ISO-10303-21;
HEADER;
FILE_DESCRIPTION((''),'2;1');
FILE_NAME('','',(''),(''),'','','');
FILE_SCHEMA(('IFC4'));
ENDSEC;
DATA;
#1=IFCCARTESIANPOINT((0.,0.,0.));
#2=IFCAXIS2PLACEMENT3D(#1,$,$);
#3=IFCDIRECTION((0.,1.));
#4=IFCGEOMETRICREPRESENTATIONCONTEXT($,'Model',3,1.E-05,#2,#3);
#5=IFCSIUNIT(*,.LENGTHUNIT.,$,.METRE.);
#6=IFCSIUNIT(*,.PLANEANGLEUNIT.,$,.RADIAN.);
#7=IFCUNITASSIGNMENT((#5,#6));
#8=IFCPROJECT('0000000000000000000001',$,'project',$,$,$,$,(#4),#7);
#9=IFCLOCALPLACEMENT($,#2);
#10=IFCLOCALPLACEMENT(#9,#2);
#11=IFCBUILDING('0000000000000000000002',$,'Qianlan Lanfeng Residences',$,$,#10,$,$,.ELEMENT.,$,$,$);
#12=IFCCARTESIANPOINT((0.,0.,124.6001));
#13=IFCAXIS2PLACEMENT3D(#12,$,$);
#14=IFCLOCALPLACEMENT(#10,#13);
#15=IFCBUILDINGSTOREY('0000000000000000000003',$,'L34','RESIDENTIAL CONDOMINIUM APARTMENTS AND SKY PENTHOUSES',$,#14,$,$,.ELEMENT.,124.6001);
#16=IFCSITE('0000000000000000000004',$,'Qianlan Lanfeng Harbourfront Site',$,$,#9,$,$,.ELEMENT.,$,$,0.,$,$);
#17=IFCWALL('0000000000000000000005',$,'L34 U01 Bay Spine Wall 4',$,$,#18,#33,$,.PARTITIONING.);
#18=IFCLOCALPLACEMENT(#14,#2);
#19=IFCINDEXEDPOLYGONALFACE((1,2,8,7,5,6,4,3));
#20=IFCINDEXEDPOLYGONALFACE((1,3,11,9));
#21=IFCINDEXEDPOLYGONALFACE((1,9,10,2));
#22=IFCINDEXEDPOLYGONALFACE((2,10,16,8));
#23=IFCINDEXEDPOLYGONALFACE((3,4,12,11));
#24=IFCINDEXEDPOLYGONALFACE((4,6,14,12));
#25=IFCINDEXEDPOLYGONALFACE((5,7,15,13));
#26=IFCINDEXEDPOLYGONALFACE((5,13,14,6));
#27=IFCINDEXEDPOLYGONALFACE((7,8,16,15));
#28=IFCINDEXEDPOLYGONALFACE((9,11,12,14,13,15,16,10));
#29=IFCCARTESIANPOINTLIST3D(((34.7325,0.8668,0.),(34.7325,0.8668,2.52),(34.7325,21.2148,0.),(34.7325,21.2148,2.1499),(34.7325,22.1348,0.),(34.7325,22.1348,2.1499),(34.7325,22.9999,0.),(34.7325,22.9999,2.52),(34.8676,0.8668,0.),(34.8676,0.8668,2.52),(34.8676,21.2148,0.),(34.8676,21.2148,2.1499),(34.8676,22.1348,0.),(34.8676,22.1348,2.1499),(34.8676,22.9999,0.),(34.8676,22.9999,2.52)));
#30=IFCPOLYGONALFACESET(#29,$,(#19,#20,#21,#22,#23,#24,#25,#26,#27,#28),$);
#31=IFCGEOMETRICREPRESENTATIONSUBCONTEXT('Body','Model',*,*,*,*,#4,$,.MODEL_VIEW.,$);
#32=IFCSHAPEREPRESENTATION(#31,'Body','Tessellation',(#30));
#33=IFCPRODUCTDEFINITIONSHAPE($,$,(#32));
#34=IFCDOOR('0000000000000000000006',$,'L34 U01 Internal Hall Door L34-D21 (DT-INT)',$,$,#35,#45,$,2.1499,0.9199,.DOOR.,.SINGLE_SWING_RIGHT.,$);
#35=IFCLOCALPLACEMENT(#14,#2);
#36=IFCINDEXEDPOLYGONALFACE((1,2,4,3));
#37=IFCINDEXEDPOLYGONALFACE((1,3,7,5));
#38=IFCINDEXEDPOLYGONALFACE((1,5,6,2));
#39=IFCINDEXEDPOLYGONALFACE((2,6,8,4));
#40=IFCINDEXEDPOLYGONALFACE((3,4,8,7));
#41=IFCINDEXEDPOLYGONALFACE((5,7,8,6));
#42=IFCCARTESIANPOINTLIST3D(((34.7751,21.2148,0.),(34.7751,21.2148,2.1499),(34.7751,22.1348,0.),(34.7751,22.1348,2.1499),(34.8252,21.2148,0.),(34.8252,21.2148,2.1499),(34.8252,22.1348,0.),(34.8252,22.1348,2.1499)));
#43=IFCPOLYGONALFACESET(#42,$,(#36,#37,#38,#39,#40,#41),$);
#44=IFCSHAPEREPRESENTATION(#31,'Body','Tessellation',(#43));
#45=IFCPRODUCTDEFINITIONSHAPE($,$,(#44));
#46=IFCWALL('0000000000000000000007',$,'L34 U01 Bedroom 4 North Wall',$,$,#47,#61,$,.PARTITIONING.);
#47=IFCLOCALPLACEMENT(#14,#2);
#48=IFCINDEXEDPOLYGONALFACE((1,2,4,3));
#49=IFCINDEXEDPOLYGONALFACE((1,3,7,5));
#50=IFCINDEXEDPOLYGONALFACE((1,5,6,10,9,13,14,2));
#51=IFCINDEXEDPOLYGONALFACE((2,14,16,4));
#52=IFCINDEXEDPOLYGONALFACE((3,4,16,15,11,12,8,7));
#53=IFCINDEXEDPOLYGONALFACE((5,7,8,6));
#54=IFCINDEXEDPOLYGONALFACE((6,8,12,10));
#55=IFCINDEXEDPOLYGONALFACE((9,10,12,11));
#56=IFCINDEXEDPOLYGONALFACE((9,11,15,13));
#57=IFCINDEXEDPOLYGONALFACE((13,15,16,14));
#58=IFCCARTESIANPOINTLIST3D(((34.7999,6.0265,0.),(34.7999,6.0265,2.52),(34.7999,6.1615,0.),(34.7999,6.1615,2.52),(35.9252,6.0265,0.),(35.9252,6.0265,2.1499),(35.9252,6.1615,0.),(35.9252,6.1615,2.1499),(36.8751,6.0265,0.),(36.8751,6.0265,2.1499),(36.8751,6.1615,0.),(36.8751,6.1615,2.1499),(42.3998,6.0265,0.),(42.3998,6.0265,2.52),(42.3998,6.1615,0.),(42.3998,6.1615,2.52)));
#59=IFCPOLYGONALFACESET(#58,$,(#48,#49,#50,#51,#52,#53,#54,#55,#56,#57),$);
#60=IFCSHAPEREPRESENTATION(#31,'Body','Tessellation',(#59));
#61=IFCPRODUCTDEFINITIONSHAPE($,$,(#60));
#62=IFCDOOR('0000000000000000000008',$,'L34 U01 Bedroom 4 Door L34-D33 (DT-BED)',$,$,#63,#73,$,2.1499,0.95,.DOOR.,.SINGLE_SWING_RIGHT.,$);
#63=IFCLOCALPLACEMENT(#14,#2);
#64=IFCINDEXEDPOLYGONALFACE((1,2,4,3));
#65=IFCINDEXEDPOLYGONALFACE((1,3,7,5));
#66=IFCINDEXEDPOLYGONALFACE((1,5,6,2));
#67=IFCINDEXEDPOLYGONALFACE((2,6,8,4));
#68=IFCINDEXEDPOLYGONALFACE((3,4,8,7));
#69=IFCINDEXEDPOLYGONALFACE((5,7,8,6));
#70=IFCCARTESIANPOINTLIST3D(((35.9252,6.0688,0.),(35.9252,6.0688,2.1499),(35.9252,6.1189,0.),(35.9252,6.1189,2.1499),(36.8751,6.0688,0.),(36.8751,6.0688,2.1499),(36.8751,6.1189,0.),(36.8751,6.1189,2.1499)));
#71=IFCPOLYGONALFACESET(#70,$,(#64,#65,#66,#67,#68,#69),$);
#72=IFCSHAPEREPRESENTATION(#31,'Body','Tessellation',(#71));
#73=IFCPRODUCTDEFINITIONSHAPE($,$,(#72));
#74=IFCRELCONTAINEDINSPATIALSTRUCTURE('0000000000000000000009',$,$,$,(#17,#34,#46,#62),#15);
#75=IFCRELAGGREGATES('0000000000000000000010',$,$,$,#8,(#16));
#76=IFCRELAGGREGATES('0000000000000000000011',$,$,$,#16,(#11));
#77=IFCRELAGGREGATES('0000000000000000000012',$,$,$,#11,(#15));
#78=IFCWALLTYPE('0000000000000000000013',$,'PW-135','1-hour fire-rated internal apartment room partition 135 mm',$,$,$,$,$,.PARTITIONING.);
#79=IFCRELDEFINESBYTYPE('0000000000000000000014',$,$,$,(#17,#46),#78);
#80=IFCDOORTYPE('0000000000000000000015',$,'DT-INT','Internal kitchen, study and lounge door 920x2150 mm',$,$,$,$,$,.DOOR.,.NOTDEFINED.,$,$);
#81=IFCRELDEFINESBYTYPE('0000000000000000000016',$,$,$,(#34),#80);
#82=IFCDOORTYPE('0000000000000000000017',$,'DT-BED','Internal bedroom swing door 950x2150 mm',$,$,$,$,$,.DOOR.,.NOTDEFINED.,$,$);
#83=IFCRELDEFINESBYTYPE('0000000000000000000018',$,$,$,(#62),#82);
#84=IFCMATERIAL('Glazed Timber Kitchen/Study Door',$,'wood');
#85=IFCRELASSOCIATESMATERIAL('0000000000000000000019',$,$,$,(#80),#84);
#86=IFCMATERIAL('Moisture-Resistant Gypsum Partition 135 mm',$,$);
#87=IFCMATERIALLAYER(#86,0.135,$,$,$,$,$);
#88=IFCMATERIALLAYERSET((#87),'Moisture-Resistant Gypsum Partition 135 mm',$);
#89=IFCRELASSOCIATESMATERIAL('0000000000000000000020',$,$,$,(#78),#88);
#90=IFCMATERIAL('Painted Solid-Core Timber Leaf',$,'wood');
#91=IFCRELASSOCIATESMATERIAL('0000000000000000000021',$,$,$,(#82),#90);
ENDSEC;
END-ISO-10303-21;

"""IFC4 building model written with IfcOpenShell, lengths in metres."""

from ifc_helpers import new_model, si_unit, direction, frame, frame_2d, origin, place, context, subcontext, project, spatial, rectangle, extrude, material, layer, layer_set, type_object, element, fill, save


model = new_model("IFC4")

# Units and contexts
model_context = context("Model", 3, precision=1e-05, world=origin(), true_north=direction((0.0, 1.0)))
body_context = subcontext(model_context, "Body", "Model", "MODEL_VIEW")
ifc_project = project(units=[si_unit("LENGTHUNIT", "METRE"), si_unit("PLANEANGLEUNIT", "RADIAN")], contexts=[model_context])

# Site, building, storey
site_placement = place(None, origin())
site = spatial("IfcSite", under=ifc_project, at=site_placement, Name="Qianlan Lanfeng Harbourfront Site", CompositionType="ELEMENT", RefElevation=0.0)
building_placement = place(site_placement, origin())
building = spatial("IfcBuilding", under=site, at=building_placement, Name="Qianlan Lanfeng Residences", CompositionType="ELEMENT")
storey_placement = place(building_placement, frame((0.0, 0.0, 124.6001)))
storey = spatial("IfcBuildingStorey", under=building, at=storey_placement, Name="L34", Description="RESIDENTIAL CONDOMINIUM APARTMENTS AND SKY PENTHOUSES", CompositionType="ELEMENT", Elevation=124.6001)

# Shared definitions
ifc_material_1 = material(Name="Glazed Timber Kitchen/Study Door", Category="wood")
door_type_1 = type_object("IfcDoorType", Name="DT-INT", Description="Internal kitchen, study and lounge door 920x2150 mm", OperationType="NOTDEFINED", PredefinedType="DOOR", material=ifc_material_1)

# Walls, openings, doors
ifc_material_2 = material(Name="Moisture-Resistant Gypsum Partition 135 mm")
ifc_layer_1 = layer(ifc_material_2, 0.135)
ifc_layer_set_1 = layer_set([ifc_layer_1], Name="Moisture-Resistant Gypsum Partition 135 mm")
wall_type_1 = type_object("IfcWallType", Name="PW-135", Description="1-hour fire-rated internal apartment room partition 135 mm", PredefinedType="PARTITIONING", material=ifc_layer_set_1)
wall_1_placement = place(storey_placement, frame((34.8, 0.8669, 0.0), z_axis=(0.0, 0.0, 1.0), x_axis=(0.0, 1.0, 0.0)))
wall_1 = element("IfcWall", 1, at=wall_1_placement, inside=storey, type_object=wall_type_1, Name="L34 U01 Bay Spine Wall 4", PredefinedType="PARTITIONING", context=body_context, shape_type="SweptSolid", body=[
    extrude(rectangle(XDim=22.1331, YDim=0.135, at=frame_2d((11.0664, 0.0))), origin(), (0.0, 0.0, 1.0), 2.52),
])
opening_1_placement = place(wall_1_placement, frame((20.3479, 0.0, 0.0)))
opening_1 = element("IfcOpeningElement", 2, at=opening_1_placement, cuts=wall_1, PredefinedType="OPENING", context=body_context, shape_type="SweptSolid", body=[
    extrude(rectangle(XDim=0.9199, YDim=2.1499, at=frame_2d((0.46, 1.075))), frame((0.0, 0.0776, 0.0), z_axis=(0.0, -1.0, 0.0), x_axis=(1.0, 0.0, 0.0)), (0.0, 0.0, 1.0), 0.155),
])
door_1_placement = place(opening_1_placement, origin())
door_1 = element("IfcDoor", 3, at=door_1_placement, inside=storey, type_object=door_type_1, Name="L34 U01 Internal Hall Door L34-D21 (DT-INT)", OperationType="SINGLE_SWING_RIGHT", OverallHeight=2.1499, OverallWidth=0.9199, PredefinedType="DOOR", context=body_context, shape_type="SweptSolid", body=[
    extrude(rectangle(XDim=0.9199, YDim=2.1499, at=frame_2d((0.46, 1.075))), frame((0.0, 0.0249, 0.0), z_axis=(0.0, -1.0, 0.0), x_axis=(1.0, 0.0, 0.0)), (0.0, 0.0, 1.0), 0.05),
])
fill(opening_1, door_1)
wall_2_placement = place(storey_placement, frame((34.8, 6.094, 0.0), z_axis=(0.0, 0.0, 1.0), x_axis=(1.0, 0.0, 0.0)))
wall_2 = element("IfcWall", 4, at=wall_2_placement, inside=storey, type_object=wall_type_1, Name="L34 U01 Bedroom 4 North Wall", PredefinedType="PARTITIONING", context=body_context, shape_type="SweptSolid", body=[
    extrude(rectangle(XDim=7.5999, YDim=0.135, at=frame_2d((3.7998, 0.0))), origin(), (0.0, 0.0, 1.0), 2.52),
])
opening_2_placement = place(wall_2_placement, frame((1.125, 0.0, 0.0)))
opening_2 = element("IfcOpeningElement", 5, at=opening_2_placement, cuts=wall_2, PredefinedType="OPENING", context=body_context, shape_type="SweptSolid", body=[
    extrude(rectangle(XDim=0.95, YDim=2.1499, at=frame_2d((0.4751, 1.075))), frame((0.0, 0.0776, 0.0), z_axis=(0.0, -1.0, 0.0), x_axis=(1.0, 0.0, 0.0)), (0.0, 0.0, 1.0), 0.155),
])
ifc_material_3 = material(Name="Painted Solid-Core Timber Leaf", Category="wood")
door_type_2 = type_object("IfcDoorType", Name="DT-BED", Description="Internal bedroom swing door 950x2150 mm", OperationType="NOTDEFINED", PredefinedType="DOOR", material=ifc_material_3)
door_2_placement = place(opening_2_placement, origin())
door_2 = element("IfcDoor", 6, at=door_2_placement, inside=storey, type_object=door_type_2, Name="L34 U01 Bedroom 4 Door L34-D33 (DT-BED)", OperationType="SINGLE_SWING_RIGHT", OverallHeight=2.1499, OverallWidth=0.95, PredefinedType="DOOR", context=body_context, shape_type="SweptSolid", body=[
    extrude(rectangle(XDim=0.95, YDim=2.1499, at=frame_2d((0.4751, 1.075))), frame((0.0, 0.0249, 0.0), z_axis=(0.0, -1.0, 0.0), x_axis=(1.0, 0.0, 0.0)), (0.0, 0.0, 1.0), 0.05),
])
fill(opening_2, door_2)

save(model, "model.ifc")
